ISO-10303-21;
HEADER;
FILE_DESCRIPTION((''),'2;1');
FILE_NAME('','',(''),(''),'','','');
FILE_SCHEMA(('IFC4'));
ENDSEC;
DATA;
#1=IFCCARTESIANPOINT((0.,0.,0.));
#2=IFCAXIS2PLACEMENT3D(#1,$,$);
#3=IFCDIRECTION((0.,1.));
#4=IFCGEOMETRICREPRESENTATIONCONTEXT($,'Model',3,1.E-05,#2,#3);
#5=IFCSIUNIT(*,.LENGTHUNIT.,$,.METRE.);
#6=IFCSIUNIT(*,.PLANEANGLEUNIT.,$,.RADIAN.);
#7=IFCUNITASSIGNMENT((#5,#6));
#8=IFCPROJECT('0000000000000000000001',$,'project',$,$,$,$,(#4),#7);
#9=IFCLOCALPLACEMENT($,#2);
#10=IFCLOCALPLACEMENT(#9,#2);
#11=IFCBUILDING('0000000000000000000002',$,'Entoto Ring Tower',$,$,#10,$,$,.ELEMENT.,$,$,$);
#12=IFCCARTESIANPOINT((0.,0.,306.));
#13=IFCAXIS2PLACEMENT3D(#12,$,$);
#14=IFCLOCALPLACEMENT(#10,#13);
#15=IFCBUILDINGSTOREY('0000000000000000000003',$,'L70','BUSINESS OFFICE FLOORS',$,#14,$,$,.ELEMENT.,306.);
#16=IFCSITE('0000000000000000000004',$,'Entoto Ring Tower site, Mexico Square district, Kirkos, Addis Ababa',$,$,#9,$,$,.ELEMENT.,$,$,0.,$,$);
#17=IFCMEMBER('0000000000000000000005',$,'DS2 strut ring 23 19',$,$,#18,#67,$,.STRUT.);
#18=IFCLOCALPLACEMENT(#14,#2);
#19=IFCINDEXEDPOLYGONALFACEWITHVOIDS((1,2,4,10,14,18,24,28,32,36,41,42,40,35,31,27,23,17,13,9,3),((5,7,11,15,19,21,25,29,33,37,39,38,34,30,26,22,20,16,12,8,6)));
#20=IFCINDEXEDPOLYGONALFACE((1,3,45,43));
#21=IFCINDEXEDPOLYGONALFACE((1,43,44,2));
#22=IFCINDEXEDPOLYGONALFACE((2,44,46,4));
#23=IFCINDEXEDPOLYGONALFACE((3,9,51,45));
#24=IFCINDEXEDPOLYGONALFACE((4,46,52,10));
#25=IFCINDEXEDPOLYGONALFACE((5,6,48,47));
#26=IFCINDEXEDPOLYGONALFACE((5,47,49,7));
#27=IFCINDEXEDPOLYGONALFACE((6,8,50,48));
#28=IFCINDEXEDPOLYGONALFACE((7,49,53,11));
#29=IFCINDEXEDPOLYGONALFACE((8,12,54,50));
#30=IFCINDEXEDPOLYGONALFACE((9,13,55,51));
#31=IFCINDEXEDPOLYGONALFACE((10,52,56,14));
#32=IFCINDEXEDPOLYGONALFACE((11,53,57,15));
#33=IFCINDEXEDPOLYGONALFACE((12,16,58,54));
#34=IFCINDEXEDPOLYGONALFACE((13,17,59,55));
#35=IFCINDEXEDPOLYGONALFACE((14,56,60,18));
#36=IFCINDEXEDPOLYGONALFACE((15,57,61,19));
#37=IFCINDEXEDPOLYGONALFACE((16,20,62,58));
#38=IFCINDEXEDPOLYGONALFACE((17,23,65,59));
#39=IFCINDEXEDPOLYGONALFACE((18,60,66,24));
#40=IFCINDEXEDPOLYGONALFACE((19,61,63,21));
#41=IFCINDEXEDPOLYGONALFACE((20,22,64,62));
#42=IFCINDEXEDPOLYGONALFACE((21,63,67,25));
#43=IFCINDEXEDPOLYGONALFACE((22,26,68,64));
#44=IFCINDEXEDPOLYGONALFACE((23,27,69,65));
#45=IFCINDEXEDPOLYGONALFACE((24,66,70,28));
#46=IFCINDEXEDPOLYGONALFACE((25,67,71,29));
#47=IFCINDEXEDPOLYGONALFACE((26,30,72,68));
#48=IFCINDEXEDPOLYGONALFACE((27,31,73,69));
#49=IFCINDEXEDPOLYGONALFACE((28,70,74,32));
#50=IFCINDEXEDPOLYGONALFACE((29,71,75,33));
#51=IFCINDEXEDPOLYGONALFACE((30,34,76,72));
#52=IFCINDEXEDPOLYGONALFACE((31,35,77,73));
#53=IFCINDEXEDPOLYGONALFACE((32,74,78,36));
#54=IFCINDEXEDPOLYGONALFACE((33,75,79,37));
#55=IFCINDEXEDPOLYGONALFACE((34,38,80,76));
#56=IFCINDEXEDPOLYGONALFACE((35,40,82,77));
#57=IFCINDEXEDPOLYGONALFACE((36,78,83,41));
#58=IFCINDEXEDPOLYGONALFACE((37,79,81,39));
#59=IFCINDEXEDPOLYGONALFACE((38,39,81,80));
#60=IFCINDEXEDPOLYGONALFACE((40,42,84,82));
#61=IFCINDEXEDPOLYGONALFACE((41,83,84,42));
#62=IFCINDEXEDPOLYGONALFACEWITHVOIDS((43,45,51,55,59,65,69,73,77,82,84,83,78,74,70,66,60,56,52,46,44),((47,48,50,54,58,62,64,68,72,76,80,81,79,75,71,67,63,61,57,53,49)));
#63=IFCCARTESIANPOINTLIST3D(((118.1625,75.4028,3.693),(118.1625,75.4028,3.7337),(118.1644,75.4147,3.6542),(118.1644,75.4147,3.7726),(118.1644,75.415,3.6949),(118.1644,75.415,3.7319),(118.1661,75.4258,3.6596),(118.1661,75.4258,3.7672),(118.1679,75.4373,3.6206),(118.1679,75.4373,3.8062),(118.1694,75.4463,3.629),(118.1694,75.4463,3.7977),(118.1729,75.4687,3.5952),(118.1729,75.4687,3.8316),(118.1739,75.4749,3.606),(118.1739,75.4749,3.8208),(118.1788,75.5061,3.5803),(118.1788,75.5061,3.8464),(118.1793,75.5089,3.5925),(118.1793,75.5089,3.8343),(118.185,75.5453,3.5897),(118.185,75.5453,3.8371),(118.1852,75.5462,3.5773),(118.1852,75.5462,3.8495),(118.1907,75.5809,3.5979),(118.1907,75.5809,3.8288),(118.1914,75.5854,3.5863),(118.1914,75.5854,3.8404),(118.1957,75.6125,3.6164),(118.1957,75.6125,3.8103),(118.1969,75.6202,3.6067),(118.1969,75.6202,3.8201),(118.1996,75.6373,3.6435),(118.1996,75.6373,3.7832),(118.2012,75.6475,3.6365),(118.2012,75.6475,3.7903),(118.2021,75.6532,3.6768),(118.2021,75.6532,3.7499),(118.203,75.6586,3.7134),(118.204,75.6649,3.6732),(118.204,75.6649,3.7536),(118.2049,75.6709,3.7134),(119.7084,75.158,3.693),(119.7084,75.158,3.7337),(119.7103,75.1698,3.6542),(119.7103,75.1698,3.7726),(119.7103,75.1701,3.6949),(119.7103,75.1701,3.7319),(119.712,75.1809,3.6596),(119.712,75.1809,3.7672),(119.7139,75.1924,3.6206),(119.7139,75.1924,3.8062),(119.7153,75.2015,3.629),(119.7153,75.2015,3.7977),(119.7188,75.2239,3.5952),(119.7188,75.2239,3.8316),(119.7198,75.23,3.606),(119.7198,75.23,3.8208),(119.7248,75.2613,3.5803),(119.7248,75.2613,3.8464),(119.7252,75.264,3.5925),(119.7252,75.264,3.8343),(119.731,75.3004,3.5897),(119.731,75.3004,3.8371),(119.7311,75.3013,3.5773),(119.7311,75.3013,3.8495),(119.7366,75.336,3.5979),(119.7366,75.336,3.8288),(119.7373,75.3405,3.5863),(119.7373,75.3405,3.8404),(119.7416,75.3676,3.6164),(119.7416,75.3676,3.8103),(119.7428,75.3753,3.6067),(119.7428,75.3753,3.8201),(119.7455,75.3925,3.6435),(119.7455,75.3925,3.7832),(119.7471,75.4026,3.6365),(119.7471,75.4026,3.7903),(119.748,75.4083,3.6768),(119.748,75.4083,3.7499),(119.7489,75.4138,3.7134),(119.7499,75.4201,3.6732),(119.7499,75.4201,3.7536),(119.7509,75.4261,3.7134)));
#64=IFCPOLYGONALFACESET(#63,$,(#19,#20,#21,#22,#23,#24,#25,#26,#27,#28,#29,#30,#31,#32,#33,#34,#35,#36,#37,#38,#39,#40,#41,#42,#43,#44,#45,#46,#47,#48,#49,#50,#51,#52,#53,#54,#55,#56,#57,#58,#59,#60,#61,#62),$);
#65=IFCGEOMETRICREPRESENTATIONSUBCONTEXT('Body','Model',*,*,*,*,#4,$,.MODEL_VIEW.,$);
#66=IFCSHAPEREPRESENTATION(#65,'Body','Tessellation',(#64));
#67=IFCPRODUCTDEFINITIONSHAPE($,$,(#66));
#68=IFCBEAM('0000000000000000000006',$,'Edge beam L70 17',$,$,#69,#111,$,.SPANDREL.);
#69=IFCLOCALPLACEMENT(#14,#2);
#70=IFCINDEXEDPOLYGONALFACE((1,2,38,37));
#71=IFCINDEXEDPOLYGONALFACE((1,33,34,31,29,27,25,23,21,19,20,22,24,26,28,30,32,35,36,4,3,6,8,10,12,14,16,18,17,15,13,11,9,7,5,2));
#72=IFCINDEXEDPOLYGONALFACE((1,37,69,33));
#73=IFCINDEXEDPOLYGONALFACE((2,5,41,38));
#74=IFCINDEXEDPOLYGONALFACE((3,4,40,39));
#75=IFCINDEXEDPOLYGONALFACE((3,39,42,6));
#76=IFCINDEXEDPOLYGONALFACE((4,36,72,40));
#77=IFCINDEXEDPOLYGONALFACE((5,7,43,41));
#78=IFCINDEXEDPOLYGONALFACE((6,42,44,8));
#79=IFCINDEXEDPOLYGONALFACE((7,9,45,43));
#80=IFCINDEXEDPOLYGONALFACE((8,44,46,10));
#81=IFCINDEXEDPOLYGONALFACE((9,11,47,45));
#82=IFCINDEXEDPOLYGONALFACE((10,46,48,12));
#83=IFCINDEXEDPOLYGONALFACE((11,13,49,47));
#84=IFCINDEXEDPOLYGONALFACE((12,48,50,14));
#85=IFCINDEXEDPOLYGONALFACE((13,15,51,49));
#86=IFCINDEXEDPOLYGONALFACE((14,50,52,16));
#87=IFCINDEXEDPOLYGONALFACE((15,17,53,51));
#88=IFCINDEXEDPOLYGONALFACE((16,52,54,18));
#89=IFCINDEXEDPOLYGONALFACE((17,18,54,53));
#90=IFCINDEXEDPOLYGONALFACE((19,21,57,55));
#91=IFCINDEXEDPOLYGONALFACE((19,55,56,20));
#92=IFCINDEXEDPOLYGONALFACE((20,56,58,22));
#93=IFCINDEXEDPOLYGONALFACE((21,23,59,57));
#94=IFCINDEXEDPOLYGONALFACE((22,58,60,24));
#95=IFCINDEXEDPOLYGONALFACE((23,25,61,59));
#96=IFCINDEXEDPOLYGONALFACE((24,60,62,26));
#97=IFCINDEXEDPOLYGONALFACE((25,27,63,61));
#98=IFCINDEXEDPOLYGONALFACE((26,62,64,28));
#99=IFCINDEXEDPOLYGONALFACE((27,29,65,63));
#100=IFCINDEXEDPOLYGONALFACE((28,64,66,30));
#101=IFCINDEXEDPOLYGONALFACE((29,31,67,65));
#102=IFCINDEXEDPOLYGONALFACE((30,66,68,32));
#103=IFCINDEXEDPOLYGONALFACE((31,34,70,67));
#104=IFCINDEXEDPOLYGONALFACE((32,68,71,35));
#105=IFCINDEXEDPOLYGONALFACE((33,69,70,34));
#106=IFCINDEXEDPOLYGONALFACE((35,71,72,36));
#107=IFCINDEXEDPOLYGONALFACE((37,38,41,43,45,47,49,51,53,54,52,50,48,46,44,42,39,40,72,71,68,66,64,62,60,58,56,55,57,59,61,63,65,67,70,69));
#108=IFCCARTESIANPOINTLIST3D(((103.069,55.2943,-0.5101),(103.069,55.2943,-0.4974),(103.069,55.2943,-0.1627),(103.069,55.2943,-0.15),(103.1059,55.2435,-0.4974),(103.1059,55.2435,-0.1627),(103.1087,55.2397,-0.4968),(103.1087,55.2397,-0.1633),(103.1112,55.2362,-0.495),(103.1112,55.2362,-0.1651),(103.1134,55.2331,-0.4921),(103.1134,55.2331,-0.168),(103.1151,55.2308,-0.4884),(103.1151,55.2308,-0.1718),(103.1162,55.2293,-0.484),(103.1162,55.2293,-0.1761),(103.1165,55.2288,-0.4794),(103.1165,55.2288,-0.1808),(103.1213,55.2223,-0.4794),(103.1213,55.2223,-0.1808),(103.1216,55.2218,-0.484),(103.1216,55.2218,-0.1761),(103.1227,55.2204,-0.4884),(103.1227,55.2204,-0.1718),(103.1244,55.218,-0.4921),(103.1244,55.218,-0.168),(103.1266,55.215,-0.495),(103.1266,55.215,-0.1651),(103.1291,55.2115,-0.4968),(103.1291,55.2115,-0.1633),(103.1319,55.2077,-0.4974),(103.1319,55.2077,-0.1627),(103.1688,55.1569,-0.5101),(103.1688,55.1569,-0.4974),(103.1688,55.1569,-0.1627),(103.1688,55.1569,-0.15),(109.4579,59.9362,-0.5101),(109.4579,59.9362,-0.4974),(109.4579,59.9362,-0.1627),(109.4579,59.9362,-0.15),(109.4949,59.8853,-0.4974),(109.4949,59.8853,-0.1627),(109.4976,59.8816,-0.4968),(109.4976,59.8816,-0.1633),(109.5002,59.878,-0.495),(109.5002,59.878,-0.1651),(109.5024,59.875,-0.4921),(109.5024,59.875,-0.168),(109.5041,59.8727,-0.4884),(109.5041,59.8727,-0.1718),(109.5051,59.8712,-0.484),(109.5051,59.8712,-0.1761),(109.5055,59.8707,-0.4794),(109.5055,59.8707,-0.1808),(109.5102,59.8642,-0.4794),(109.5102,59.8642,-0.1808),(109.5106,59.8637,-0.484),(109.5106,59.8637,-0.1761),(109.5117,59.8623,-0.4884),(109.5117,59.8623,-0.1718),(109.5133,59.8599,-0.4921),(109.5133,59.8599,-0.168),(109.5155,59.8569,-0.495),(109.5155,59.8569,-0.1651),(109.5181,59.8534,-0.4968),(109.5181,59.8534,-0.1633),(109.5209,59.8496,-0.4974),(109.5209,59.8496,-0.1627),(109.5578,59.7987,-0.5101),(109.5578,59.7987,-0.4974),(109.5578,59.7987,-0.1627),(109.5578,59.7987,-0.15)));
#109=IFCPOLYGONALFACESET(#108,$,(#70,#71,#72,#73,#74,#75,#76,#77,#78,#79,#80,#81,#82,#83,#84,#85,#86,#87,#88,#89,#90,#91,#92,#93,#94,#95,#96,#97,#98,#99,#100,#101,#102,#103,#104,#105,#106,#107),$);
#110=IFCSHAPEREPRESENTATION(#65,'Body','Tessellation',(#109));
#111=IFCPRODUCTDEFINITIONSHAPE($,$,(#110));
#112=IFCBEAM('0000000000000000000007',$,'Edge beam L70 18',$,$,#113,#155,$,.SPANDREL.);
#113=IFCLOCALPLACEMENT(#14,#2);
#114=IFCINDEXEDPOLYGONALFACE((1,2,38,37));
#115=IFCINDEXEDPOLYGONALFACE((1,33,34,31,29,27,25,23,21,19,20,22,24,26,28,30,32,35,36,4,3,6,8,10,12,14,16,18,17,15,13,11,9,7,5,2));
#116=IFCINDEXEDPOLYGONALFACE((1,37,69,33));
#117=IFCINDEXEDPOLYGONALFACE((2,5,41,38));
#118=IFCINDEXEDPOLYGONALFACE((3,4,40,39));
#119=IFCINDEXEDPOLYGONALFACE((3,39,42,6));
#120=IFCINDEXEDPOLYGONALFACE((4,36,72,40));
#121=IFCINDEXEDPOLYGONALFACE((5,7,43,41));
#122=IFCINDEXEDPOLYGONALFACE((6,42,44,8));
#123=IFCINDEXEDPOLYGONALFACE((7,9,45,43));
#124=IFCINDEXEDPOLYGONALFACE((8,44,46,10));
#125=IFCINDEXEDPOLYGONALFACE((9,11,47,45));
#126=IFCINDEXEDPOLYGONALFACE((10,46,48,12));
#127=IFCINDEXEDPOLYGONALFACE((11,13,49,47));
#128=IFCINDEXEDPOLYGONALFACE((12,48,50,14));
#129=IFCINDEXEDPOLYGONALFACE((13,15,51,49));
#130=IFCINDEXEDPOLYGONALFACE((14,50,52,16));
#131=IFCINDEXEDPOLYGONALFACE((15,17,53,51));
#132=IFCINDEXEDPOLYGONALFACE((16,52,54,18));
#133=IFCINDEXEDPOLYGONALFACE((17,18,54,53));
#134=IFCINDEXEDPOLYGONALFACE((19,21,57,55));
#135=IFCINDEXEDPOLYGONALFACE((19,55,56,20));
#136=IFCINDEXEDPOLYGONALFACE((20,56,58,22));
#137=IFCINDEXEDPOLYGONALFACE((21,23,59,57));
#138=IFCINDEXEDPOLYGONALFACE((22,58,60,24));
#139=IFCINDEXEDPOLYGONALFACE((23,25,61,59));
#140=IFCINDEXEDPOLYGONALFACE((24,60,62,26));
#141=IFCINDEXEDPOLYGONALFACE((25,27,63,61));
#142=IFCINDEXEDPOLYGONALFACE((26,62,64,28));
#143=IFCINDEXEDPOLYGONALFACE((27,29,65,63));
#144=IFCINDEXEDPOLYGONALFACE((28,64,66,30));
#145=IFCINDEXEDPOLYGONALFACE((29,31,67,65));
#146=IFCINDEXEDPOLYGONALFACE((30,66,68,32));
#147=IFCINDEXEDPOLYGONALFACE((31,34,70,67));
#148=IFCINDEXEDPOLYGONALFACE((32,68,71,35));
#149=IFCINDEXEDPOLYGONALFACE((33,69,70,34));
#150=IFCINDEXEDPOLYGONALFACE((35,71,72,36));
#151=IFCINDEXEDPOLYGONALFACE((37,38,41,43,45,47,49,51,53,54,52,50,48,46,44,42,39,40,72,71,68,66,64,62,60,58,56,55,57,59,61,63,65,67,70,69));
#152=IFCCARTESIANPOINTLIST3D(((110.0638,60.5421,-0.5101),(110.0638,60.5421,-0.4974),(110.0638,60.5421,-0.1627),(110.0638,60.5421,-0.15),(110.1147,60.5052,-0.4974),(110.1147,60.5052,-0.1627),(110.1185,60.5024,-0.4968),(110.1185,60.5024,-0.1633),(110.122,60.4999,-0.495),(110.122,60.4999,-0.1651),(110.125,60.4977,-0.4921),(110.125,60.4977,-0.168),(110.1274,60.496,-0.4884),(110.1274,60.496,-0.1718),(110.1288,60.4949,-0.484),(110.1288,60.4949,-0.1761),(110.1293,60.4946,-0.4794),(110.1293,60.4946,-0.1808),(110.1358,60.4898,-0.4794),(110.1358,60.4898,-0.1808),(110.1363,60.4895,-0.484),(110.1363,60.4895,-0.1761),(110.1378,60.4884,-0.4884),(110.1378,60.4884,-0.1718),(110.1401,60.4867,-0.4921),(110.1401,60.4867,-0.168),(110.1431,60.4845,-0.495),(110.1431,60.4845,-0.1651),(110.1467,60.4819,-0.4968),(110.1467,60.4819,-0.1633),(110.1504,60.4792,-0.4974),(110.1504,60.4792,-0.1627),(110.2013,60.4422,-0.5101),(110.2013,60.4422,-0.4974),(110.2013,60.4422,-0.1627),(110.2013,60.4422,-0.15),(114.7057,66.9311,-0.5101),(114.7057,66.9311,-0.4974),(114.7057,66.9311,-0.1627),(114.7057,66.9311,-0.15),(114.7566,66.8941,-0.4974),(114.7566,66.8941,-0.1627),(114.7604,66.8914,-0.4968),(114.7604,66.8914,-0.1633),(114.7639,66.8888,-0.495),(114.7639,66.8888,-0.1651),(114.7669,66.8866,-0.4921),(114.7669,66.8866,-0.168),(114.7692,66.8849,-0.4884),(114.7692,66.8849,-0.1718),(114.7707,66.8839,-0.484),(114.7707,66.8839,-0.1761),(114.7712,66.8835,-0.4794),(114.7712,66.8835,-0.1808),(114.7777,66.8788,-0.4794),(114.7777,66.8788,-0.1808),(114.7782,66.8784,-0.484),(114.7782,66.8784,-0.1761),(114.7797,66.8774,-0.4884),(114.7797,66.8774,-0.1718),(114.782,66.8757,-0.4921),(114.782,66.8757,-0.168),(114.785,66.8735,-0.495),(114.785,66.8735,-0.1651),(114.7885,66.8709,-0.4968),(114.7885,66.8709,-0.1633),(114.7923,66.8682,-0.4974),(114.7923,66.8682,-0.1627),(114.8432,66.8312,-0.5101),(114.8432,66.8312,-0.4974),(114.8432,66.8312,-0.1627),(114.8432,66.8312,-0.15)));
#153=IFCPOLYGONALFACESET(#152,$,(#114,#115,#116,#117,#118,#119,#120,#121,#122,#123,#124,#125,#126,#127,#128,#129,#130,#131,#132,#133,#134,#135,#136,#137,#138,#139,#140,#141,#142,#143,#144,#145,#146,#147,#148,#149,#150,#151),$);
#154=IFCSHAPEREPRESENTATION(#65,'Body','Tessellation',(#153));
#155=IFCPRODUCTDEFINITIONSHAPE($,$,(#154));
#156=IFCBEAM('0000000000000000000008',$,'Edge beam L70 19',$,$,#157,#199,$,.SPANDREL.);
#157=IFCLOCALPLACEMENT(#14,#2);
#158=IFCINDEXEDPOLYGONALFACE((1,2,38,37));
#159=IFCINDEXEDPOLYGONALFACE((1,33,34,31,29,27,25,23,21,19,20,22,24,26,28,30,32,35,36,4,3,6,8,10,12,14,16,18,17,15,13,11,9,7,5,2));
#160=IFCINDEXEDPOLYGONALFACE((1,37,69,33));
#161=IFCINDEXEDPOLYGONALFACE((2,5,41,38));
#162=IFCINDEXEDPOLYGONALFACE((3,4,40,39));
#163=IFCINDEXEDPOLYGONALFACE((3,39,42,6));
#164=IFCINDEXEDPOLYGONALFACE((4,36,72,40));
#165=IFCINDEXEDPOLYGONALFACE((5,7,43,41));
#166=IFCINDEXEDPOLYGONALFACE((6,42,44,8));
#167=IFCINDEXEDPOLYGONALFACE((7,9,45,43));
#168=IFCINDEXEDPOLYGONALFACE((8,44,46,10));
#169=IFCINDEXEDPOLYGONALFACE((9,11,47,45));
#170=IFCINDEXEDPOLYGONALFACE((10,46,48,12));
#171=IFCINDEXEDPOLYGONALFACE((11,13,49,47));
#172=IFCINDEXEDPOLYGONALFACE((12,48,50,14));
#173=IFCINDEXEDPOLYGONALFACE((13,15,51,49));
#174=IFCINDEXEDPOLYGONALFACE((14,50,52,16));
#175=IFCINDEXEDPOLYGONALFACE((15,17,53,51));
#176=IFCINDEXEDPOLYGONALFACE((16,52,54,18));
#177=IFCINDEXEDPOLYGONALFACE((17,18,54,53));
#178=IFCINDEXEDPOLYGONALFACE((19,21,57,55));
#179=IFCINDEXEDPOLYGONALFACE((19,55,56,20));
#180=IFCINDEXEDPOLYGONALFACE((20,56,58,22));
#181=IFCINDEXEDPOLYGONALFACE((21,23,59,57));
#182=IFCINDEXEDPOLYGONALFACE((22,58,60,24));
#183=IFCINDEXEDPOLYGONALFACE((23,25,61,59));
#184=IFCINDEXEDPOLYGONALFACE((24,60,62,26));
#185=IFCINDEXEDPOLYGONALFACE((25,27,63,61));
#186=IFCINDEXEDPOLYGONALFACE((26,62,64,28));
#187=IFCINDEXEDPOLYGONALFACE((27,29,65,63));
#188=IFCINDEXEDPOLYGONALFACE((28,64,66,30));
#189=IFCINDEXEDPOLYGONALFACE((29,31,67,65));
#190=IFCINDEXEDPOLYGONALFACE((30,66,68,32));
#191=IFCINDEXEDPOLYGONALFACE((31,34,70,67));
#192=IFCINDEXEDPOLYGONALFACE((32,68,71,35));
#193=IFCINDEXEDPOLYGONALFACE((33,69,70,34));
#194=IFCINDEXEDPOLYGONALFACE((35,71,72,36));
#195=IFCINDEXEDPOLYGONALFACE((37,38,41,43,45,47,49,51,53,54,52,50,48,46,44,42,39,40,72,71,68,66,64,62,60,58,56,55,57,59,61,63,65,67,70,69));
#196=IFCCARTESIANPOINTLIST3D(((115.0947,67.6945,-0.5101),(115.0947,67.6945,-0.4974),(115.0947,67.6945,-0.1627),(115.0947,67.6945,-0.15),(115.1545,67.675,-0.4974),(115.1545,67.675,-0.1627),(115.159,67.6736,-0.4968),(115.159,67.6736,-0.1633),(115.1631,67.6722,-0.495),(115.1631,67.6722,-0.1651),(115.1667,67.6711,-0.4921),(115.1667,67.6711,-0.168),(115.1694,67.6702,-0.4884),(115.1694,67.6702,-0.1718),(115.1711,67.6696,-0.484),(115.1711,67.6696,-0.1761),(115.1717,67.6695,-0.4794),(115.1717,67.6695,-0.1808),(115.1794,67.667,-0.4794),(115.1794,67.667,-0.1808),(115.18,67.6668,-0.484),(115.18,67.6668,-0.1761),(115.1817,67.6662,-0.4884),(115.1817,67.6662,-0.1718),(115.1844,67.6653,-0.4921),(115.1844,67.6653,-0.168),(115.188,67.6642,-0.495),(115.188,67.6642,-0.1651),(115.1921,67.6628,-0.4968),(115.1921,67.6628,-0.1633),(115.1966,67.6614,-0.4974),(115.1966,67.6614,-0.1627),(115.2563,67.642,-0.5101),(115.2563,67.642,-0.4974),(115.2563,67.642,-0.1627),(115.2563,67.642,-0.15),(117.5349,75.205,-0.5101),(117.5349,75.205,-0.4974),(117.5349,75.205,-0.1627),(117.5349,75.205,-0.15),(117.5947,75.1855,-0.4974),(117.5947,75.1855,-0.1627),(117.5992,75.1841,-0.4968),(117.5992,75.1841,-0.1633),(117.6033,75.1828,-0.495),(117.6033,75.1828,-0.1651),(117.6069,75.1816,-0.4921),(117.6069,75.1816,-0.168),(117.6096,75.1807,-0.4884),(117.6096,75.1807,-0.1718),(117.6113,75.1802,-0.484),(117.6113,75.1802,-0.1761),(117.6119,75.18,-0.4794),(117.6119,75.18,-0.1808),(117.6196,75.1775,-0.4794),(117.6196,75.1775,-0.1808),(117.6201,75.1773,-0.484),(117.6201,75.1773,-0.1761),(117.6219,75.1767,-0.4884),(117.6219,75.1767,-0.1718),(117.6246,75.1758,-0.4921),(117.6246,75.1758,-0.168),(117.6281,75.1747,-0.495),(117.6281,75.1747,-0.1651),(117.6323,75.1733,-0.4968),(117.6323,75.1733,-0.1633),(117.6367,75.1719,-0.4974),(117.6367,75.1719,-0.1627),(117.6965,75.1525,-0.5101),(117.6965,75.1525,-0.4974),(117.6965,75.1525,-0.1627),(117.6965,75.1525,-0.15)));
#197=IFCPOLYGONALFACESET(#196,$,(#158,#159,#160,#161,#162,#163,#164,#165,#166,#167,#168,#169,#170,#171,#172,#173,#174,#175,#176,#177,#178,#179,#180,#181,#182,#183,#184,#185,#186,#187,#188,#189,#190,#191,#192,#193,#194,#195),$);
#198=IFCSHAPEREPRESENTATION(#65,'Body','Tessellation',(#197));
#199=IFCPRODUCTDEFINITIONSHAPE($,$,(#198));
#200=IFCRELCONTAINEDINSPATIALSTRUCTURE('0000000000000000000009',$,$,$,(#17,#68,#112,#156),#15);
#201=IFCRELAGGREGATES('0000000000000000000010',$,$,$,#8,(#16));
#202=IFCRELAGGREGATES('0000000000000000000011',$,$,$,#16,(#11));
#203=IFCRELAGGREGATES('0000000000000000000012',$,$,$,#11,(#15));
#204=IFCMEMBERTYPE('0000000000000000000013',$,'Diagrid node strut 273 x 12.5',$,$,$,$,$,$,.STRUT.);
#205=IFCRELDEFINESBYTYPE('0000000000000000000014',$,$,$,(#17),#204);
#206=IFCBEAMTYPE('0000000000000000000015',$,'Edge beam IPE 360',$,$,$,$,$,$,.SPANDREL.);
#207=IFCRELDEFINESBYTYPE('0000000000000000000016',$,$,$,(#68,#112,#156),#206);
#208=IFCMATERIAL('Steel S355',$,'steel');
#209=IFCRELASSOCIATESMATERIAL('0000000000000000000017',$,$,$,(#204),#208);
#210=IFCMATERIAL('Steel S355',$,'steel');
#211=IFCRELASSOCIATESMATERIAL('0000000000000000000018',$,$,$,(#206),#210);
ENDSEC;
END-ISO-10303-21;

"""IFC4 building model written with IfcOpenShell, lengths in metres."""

from ifc_helpers import new_model, si_unit, direction, frame, origin, origin_2d, place, context, subcontext, project, spatial, circle, hollow_circle, i_section, extrude, material, material_profile, profile_set, type_object, element, save


model = new_model("IFC4")

# Units and contexts
model_context = context("Model", 3, precision=1e-05, world=origin(), true_north=direction((0.0, 1.0)))
body_context = subcontext(model_context, "Body", "Model", "MODEL_VIEW")
ifc_project = project(units=[si_unit("LENGTHUNIT", "METRE"), si_unit("PLANEANGLEUNIT", "RADIAN")], contexts=[model_context])

# Site, building, storey
site_placement = place(None, origin())
site = spatial("IfcSite", under=ifc_project, at=site_placement, Name="Entoto Ring Tower site, Mexico Square district, Kirkos, Addis Ababa", CompositionType="ELEMENT", RefElevation=0.0)
building_placement = place(site_placement, origin())
building = spatial("IfcBuilding", under=site, at=building_placement, Name="Entoto Ring Tower", CompositionType="ELEMENT")
storey_placement = place(building_placement, frame((0.0, 0.0, 306.0)))
storey = spatial("IfcBuildingStorey", under=building, at=storey_placement, Name="L70", Description="BUSINESS OFFICE FLOORS", CompositionType="ELEMENT", Elevation=306.0)

# Member
ifc_material_1 = material(Name="Steel S355", Category="steel")
ifc_material_profile_1 = material_profile(ifc_material_1, hollow_circle(Radius=0.1365, WallThickness=0.0125, at=origin_2d()), Name="CHS 273 x 12.5")
ifc_material_2 = material(Name="Concrete C60/75", Category="concrete")
ifc_material_profile_2 = material_profile(ifc_material_2, circle(Radius=0.124, at=origin_2d()), Name="Concrete C60/75 infill")
ifc_profile_set_1 = profile_set([ifc_material_profile_1, ifc_material_profile_2], Name="Steel S355")
member_type = type_object("IfcMemberType", Name="Diagrid node strut 273 x 12.5", PredefinedType="STRUT", material=ifc_profile_set_1)
for number, where, z_axis, x_axis, name in (
    (1, (118.1836, 75.5361, 3.7134), (0.987686, -0.156451, 0.0), (0.156451, 0.987686, 0.0), "DS2 strut ring 23 19"),
):
    element("IfcMember", number, at=place(storey_placement, frame(where, z_axis=z_axis, x_axis=x_axis)), inside=storey, type_object=member_type, Name=name, PredefinedType="STRUT", context=body_context, shape_type="SweptSolid", body=[
        extrude(hollow_circle(Radius=0.1365, WallThickness=0.0125, at=origin_2d()), origin(), (0.0, 0.0, 1.0), 1.5652),
    ])

# Beams
ifc_material_3 = material(Name="Steel S355", Category="steel")
ifc_material_profile_3 = material_profile(ifc_material_3, i_section(OverallWidth=0.1699, OverallDepth=0.3601, WebThickness=0.0081, FlangeThickness=0.0127, FilletRadius=0.0181, at=origin_2d()), Name="IPE 360")
ifc_profile_set_2 = profile_set([ifc_material_profile_3], Name="Steel S355")
beam_type_1 = type_object("IfcBeamType", Name="Edge beam IPE 360", PredefinedType="SPANDREL", material=ifc_profile_set_2)
for number, where, z_axis, x_axis, name in (
    (2, (103.1189, 55.2256, -0.3301), (0.809015, 0.587787, 0.0), (-0.587787, 0.809015, 0.0), "Edge beam L70 17"),
    (3, (110.1326, 60.4922, -0.3301), (0.587787, 0.809015, 0.0), (-0.809015, 0.587787, 0.0), "Edge beam L70 18"),
):
    element("IfcBeam", number, at=place(storey_placement, frame(where, z_axis=z_axis, x_axis=x_axis)), inside=storey, type_object=beam_type_1, Name=name, PredefinedType="SPANDREL", context=body_context, shape_type="SweptSolid", body=[
        extrude(i_section(OverallWidth=0.1699, OverallDepth=0.3601, WebThickness=0.0081, FlangeThickness=0.0127, FilletRadius=0.0181, at=origin_2d()), origin(), (0.0, 0.0, 1.0), 7.8972),
    ])
for number, where, z_axis, x_axis, name in (
    (4, (115.1755, 67.6682, -0.3301), (0.309003, 0.951061, 0.0), (-0.951061, 0.309003, 0.0), "Edge beam L70 19"),
):
    element("IfcBeam", number, at=place(storey_placement, frame(where, z_axis=z_axis, x_axis=x_axis)), inside=storey, type_object=beam_type_1, Name=name, PredefinedType="SPANDREL", context=body_context, shape_type="SweptSolid", body=[
        extrude(i_section(OverallWidth=0.1699, OverallDepth=0.3601, WebThickness=0.0081, FlangeThickness=0.0127, FilletRadius=0.0181, at=origin_2d()), origin(), (0.0, 0.0, 1.0), 7.897),
    ])

save(model, "model.ifc")
